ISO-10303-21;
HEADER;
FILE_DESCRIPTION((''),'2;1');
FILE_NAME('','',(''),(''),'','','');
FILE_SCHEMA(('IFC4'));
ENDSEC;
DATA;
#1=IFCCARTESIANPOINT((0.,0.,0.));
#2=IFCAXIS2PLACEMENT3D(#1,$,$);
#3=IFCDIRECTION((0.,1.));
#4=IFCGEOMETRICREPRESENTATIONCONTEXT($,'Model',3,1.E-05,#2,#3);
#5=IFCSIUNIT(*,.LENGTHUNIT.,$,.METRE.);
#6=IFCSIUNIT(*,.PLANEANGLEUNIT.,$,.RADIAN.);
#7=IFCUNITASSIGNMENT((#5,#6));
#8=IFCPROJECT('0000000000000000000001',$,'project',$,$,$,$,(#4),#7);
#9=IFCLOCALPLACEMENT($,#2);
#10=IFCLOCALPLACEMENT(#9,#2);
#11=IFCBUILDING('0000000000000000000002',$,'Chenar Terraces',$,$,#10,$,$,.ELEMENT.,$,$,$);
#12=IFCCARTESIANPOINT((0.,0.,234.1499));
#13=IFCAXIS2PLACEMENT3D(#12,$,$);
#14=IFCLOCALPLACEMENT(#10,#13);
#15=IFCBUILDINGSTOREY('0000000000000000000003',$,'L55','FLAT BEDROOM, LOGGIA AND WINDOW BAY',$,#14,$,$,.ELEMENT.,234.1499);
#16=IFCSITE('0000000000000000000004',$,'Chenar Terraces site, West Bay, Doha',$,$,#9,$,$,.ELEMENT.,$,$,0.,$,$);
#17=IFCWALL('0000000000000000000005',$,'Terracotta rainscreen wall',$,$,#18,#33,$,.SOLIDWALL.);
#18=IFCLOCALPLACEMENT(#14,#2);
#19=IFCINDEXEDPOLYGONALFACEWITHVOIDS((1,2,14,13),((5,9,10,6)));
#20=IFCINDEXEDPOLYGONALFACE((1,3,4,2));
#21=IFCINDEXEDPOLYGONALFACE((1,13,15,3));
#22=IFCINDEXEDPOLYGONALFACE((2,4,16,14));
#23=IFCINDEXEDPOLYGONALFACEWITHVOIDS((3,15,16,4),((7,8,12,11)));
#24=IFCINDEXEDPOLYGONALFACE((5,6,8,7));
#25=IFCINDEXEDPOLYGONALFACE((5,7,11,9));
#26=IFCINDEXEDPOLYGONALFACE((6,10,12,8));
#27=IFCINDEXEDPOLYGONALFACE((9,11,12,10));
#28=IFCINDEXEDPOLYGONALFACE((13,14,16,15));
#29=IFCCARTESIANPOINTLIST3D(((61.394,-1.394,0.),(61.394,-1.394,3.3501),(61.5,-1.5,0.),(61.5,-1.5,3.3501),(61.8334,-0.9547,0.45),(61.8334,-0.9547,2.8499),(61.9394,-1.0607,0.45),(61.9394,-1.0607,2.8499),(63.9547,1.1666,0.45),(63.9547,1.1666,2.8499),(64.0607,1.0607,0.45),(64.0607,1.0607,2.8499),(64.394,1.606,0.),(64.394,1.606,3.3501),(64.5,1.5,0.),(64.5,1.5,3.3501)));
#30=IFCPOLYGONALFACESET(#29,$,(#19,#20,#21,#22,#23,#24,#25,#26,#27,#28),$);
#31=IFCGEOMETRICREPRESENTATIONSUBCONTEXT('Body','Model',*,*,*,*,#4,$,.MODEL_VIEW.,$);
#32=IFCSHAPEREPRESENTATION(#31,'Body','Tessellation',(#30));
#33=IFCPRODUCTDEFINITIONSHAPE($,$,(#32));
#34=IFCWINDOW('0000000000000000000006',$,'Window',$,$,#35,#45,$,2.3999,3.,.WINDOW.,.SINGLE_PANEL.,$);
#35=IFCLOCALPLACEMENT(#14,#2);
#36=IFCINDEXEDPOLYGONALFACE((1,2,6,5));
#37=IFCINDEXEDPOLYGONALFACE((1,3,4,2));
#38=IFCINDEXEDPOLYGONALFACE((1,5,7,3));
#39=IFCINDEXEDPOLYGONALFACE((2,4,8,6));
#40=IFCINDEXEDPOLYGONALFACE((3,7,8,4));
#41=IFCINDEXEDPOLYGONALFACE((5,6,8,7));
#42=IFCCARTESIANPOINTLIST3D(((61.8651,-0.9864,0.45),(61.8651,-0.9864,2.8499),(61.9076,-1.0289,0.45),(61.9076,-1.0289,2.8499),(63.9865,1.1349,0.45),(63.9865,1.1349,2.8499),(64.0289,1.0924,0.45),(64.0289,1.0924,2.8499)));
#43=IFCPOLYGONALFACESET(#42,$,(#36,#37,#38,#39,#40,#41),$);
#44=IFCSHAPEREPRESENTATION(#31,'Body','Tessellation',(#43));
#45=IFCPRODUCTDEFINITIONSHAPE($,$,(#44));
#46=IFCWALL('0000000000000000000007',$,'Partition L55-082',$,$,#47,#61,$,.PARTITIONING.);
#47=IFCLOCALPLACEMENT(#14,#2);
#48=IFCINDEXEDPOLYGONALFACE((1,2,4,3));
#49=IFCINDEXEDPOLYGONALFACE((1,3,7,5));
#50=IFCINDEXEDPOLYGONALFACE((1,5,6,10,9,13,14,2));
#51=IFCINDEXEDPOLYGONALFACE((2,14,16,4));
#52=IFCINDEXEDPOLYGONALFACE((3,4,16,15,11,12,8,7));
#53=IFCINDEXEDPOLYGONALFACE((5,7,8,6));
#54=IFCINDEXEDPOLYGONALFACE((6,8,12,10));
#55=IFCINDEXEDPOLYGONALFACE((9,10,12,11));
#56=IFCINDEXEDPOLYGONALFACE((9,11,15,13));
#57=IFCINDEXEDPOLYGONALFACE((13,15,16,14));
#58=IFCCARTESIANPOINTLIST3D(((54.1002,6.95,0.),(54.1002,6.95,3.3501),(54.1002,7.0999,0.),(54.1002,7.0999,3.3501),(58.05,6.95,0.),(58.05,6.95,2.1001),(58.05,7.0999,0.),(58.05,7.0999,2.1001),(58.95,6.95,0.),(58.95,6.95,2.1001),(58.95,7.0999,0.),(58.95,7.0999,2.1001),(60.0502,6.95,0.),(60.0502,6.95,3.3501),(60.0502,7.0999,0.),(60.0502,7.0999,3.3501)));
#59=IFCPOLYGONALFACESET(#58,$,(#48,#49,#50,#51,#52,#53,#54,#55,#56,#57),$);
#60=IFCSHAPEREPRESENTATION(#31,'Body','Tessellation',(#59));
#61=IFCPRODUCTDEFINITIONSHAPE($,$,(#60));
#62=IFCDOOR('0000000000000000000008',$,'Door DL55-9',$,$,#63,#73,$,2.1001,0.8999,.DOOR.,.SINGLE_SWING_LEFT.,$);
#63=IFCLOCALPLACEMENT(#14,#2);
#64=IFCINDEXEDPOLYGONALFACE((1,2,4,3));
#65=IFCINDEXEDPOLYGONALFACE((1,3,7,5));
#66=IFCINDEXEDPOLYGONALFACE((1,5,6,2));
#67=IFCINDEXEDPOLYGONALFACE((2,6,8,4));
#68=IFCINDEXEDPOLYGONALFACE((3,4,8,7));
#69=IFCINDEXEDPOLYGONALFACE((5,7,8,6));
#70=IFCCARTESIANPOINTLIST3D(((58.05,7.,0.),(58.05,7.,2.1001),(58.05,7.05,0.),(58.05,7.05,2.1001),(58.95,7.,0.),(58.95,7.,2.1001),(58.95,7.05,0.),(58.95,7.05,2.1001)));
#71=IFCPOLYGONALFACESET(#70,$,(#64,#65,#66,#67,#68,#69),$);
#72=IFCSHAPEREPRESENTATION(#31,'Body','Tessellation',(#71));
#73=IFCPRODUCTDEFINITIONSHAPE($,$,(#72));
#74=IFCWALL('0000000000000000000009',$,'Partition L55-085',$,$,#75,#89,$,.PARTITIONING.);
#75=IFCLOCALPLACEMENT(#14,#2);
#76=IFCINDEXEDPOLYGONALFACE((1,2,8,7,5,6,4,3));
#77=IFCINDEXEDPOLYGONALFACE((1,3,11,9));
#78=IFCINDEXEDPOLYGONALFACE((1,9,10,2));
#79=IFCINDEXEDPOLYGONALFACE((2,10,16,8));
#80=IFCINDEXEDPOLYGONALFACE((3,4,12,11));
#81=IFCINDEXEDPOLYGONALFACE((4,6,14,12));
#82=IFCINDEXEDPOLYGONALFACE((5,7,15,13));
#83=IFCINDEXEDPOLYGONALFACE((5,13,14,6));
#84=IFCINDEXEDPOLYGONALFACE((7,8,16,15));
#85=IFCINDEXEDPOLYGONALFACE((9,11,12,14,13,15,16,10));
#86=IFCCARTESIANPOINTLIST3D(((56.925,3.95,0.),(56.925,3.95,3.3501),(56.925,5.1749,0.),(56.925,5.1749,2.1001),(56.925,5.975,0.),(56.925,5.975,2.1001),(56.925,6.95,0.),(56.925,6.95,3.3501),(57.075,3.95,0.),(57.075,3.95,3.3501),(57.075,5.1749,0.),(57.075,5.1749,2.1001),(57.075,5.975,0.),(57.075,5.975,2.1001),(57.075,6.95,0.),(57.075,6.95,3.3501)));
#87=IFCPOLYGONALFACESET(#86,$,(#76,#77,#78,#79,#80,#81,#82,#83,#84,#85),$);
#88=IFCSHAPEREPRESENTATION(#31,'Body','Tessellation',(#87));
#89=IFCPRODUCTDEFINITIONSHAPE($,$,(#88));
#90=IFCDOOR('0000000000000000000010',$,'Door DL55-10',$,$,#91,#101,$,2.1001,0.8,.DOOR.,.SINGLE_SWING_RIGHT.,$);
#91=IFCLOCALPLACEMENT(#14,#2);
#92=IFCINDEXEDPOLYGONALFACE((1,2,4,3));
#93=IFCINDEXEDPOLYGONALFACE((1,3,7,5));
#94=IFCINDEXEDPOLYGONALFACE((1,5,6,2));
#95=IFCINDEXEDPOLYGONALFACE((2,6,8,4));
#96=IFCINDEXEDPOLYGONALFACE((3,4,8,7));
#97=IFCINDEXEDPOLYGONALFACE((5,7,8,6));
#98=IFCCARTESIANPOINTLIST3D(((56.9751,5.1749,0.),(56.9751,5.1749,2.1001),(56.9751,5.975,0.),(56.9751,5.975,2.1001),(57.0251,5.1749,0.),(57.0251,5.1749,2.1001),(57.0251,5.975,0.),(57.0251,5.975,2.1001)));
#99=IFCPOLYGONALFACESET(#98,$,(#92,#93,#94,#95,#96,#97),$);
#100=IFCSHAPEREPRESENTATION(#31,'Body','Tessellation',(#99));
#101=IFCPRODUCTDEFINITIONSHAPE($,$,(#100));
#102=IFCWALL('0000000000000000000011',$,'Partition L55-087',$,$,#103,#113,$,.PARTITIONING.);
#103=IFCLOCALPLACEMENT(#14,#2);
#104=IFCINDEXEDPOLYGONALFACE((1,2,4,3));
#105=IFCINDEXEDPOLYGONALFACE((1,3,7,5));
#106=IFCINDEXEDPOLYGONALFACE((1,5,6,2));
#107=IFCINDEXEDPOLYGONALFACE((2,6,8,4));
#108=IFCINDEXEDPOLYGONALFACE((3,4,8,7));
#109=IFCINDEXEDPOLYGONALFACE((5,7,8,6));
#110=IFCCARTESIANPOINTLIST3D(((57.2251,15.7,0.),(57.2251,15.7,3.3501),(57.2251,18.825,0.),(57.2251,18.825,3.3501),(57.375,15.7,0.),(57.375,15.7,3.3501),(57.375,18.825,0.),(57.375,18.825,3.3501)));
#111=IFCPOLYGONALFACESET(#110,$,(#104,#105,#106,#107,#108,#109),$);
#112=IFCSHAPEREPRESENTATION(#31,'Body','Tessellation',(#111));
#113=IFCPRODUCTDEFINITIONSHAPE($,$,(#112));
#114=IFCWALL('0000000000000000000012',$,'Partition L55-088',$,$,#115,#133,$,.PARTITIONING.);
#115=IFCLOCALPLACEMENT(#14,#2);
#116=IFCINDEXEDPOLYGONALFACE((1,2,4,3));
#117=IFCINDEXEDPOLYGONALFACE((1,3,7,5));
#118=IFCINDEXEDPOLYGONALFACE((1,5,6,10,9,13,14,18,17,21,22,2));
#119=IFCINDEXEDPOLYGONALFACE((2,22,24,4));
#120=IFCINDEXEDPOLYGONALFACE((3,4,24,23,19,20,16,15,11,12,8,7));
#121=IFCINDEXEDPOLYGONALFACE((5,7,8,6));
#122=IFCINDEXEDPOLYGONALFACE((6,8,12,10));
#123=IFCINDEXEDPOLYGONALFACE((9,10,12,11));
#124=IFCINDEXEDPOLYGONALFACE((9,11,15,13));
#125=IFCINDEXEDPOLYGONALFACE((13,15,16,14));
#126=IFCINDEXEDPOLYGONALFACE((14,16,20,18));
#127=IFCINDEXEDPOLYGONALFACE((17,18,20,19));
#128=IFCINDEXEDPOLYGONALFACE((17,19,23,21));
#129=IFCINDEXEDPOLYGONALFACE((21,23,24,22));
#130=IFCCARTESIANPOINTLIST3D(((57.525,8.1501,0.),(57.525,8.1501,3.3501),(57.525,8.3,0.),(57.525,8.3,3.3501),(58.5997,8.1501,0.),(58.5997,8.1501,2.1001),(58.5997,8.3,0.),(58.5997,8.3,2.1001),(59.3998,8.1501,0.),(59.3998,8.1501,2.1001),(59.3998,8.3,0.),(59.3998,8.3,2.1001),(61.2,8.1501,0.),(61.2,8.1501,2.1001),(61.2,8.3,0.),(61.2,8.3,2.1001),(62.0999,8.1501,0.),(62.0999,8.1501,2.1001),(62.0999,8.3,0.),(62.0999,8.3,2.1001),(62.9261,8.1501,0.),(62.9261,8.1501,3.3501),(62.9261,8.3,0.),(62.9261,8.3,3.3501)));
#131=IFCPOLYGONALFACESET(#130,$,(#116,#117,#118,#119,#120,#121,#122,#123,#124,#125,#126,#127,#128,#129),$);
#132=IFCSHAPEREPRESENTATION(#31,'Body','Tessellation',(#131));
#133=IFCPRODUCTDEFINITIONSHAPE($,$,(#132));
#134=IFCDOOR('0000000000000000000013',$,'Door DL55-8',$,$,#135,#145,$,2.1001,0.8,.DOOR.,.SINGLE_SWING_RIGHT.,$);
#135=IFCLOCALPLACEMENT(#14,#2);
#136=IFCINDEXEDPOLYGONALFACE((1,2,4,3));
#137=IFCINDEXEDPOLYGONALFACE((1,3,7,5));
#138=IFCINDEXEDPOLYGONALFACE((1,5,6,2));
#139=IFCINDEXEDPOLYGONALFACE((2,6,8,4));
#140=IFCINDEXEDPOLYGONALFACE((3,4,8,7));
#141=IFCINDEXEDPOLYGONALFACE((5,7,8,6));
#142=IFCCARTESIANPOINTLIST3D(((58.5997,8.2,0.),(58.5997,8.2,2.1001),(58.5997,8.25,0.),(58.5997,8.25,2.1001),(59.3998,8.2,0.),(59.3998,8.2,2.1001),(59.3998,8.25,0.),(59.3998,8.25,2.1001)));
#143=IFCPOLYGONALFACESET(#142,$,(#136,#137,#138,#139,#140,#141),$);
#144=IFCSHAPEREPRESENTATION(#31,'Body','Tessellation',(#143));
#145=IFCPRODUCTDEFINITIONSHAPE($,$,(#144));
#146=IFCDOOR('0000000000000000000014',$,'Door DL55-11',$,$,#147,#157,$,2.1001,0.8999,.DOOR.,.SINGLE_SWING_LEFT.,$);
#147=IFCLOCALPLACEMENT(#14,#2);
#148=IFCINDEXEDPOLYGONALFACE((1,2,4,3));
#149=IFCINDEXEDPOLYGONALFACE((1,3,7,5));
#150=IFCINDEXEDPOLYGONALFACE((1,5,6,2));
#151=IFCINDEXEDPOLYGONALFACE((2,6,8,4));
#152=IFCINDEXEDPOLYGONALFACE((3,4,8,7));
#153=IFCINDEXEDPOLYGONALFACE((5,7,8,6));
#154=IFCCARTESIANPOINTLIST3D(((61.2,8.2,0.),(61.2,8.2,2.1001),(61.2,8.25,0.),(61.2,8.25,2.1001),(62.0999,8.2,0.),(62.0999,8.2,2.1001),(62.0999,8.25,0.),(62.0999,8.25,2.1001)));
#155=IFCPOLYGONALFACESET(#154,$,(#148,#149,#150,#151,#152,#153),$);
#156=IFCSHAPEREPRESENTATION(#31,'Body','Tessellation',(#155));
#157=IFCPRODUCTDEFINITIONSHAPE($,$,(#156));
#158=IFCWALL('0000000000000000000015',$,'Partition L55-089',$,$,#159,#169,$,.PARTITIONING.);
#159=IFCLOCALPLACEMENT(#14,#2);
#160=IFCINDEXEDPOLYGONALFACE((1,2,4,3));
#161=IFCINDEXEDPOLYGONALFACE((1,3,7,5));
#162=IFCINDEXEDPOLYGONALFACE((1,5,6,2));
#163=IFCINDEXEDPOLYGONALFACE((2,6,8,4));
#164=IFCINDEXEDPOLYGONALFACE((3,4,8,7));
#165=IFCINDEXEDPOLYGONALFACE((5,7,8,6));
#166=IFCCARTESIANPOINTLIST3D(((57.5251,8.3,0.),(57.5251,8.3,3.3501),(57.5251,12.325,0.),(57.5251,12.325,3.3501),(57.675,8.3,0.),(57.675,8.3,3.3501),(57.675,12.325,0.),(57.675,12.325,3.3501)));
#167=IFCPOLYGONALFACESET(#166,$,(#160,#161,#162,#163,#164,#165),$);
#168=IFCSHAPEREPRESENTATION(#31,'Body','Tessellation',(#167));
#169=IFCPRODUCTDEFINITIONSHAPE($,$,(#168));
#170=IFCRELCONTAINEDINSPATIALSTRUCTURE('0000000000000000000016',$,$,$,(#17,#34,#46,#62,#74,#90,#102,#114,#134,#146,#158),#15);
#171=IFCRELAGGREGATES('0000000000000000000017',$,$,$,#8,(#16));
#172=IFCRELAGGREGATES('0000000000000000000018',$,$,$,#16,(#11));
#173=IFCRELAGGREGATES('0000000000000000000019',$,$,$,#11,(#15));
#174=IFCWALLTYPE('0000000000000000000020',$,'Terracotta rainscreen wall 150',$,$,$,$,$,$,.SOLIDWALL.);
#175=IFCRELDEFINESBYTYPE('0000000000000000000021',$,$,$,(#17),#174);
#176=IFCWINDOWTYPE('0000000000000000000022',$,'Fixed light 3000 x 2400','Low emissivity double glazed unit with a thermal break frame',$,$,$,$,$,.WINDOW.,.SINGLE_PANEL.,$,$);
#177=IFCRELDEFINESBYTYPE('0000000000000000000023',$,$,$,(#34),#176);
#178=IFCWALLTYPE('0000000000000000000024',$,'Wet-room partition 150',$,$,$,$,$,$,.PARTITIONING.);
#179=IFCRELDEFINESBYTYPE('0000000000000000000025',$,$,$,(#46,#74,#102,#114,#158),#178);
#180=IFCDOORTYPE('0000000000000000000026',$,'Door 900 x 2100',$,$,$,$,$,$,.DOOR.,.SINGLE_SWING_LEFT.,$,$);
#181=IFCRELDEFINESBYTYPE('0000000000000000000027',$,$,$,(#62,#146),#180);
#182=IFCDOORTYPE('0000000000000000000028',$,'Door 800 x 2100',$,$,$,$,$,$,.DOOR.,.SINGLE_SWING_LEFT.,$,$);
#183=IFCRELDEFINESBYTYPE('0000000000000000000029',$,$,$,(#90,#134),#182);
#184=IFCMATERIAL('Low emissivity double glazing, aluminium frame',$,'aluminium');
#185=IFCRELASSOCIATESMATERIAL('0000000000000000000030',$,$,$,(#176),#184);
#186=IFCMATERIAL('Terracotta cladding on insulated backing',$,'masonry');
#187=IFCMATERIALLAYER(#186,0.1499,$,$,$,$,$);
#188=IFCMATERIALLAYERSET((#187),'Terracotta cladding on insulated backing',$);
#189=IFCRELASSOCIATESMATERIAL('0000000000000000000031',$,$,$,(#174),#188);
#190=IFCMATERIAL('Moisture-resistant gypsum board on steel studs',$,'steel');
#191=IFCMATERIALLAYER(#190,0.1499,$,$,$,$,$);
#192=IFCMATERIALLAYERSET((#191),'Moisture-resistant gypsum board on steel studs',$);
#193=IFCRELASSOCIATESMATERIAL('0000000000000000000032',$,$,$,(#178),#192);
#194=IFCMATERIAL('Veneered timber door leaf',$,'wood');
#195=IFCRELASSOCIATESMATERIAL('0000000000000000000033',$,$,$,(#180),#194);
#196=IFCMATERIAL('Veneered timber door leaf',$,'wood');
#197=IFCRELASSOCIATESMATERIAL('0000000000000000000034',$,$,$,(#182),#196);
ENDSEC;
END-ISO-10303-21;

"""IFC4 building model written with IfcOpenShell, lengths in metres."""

from ifc_helpers import new_model, si_unit, direction, frame, frame_2d, origin, place, context, subcontext, project, spatial, rectangle, extrude, material, layer, layer_set, type_object, element, fill, save


model = new_model("IFC4")

# Units and contexts
model_context = context("Model", 3, precision=1e-05, world=origin(), true_north=direction((0.0, 1.0)))
body_context = subcontext(model_context, "Body", "Model", "MODEL_VIEW")
ifc_project = project(units=[si_unit("LENGTHUNIT", "METRE"), si_unit("PLANEANGLEUNIT", "RADIAN")], contexts=[model_context])

# Site, building, storey
site_placement = place(None, origin())
site = spatial("IfcSite", under=ifc_project, at=site_placement, Name="Chenar Terraces site, West Bay, Doha", CompositionType="ELEMENT", RefElevation=0.0)
building_placement = place(site_placement, origin())
building = spatial("IfcBuilding", under=site, at=building_placement, Name="Chenar Terraces", CompositionType="ELEMENT")
storey_placement = place(building_placement, frame((0.0, 0.0, 234.1499)))
storey = spatial("IfcBuildingStorey", under=building, at=storey_placement, Name="L55", Description="FLAT BEDROOM, LOGGIA AND WINDOW BAY", CompositionType="ELEMENT", Elevation=234.1499)

# Shared definitions
ifc_material_1 = material(Name="Low emissivity double glazing, aluminium frame", Category="aluminium")
window_type_1 = type_object("IfcWindowType", Name="Fixed light 3000 x 2400", Description="Low emissivity double glazed unit with a thermal break frame", PartitioningType="SINGLE_PANEL", PredefinedType="WINDOW", material=ifc_material_1)

# Wall, opening, window
ifc_material_2 = material(Name="Terracotta cladding on insulated backing", Category="masonry")
ifc_layer_1 = layer(ifc_material_2, 0.1499)
ifc_layer_set_1 = layer_set([ifc_layer_1], Name="Terracotta cladding on insulated backing")
wall_type_1 = type_object("IfcWallType", Name="Terracotta rainscreen wall 150", PredefinedType="SOLIDWALL", material=ifc_layer_set_1)
wall_1_placement = place(storey_placement, frame((61.447, -1.447, 0.0), z_axis=(0.0, 0.0, 1.0), x_axis=(0.707107, 0.707107, 0.0)))
wall_1 = element("IfcWall", 1, at=wall_1_placement, inside=storey, type_object=wall_type_1, Name="Terracotta rainscreen wall", PredefinedType="SOLIDWALL", context=body_context, shape_type="SweptSolid", body=[
    extrude(rectangle(XDim=4.2427, YDim=0.1499, at=frame_2d((2.1213, 0.0))), origin(), (0.0, 0.0, 1.0), 3.3501),
])
opening_1_placement = place(wall_1_placement, frame((0.6213, 0.0, 0.45)))
opening_1 = element("IfcOpeningElement", 2, at=opening_1_placement, cuts=wall_1, PredefinedType="OPENING", context=body_context, shape_type="SweptSolid", body=[
    extrude(rectangle(XDim=3.0, YDim=2.3999, at=frame_2d((1.5, 1.2))), frame((0.0, 0.085, 0.0), z_axis=(0.0, -1.0, 0.0), x_axis=(1.0, 0.0, 0.0)), (0.0, 0.0, 1.0), 0.1699),
])
window_1_placement = place(opening_1_placement, origin())
window_1 = element("IfcWindow", 3, at=window_1_placement, inside=storey, type_object=window_type_1, Name="Window", OverallHeight=2.3999, OverallWidth=3.0, PartitioningType="SINGLE_PANEL", PredefinedType="WINDOW", context=body_context, shape_type="SweptSolid", body=[
    extrude(rectangle(XDim=3.0, YDim=2.3999, at=frame_2d((1.5, 1.2))), frame((0.0, 0.03, 0.0), z_axis=(0.0, -1.0, 0.0), x_axis=(1.0, 0.0, 0.0)), (0.0, 0.0, 1.0), 0.0601),
])
fill(opening_1, window_1)

# Walls, openings, doors
ifc_material_3 = material(Name="Moisture-resistant gypsum board on steel studs", Category="steel")
ifc_layer_2 = layer(ifc_material_3, 0.1499)
ifc_layer_set_2 = layer_set([ifc_layer_2], Name="Moisture-resistant gypsum board on steel studs")
wall_type_2 = type_object("IfcWallType", Name="Wet-room partition 150", PredefinedType="PARTITIONING", material=ifc_layer_set_2)
wall_2_placement = place(storey_placement, frame((54.1001, 7.0249, 0.0), z_axis=(0.0, 0.0, 1.0), x_axis=(1.0, 0.0, 0.0)))
wall_2 = element("IfcWall", 4, at=wall_2_placement, inside=storey, type_object=wall_type_2, Name="Partition L55-082", PredefinedType="PARTITIONING", context=body_context, shape_type="SweptSolid", body=[
    extrude(rectangle(XDim=5.95, YDim=0.1499, at=frame_2d((2.9751, 0.0))), origin(), (0.0, 0.0, 1.0), 3.3501),
])
opening_2_placement = place(wall_2_placement, frame((3.95, 0.0, 0.0)))
opening_2 = element("IfcOpeningElement", 5, at=opening_2_placement, cuts=wall_2, PredefinedType="OPENING", context=body_context, shape_type="SweptSolid", body=[
    extrude(rectangle(XDim=0.8999, YDim=2.1001, at=frame_2d((0.45, 1.05))), frame((0.0, 0.085, 0.0), z_axis=(0.0, -1.0, 0.0), x_axis=(1.0, 0.0, 0.0)), (0.0, 0.0, 1.0), 0.1699),
])
ifc_material_4 = material(Name="Veneered timber door leaf", Category="wood")
door_type_1 = type_object("IfcDoorType", Name="Door 900 x 2100", OperationType="SINGLE_SWING_LEFT", PredefinedType="DOOR", material=ifc_material_4)
door_1_placement = place(opening_2_placement, frame((0.8999, 0.0, 0.0), z_axis=(0.0, 0.0, 1.0), x_axis=(-1.0, 0.0, 0.0)))
door_1 = element("IfcDoor", 6, at=door_1_placement, inside=storey, type_object=door_type_1, Name="Door DL55-9", OperationType="SINGLE_SWING_LEFT", OverallHeight=2.1001, OverallWidth=0.8999, PredefinedType="DOOR", context=body_context, shape_type="SweptSolid", body=[
    extrude(rectangle(XDim=0.8999, YDim=2.1001, at=frame_2d((0.45, 1.05))), frame((0.0, 0.0249, 0.0), z_axis=(0.0, -1.0, 0.0), x_axis=(1.0, 0.0, 0.0)), (0.0, 0.0, 1.0), 0.05),
])
fill(opening_2, door_1)
wall_3_placement = place(storey_placement, frame((57.0, 3.95, 0.0), z_axis=(0.0, 0.0, 1.0), x_axis=(0.0, 1.0, 0.0)))
wall_3 = element("IfcWall", 7, at=wall_3_placement, inside=storey, type_object=wall_type_2, Name="Partition L55-085", PredefinedType="PARTITIONING", context=body_context, shape_type="SweptSolid", body=[
    extrude(rectangle(XDim=3.0, YDim=0.1499, at=frame_2d((1.5, 0.0))), origin(), (0.0, 0.0, 1.0), 3.3501),
])
opening_3_placement = place(wall_3_placement, frame((1.2251, 0.0, 0.0)))
opening_3 = element("IfcOpeningElement", 8, at=opening_3_placement, cuts=wall_3, PredefinedType="OPENING", context=body_context, shape_type="SweptSolid", body=[
    extrude(rectangle(XDim=0.8, YDim=2.1001, at=frame_2d((0.3999, 1.05))), frame((0.0, 0.085, 0.0), z_axis=(0.0, -1.0, 0.0), x_axis=(1.0, 0.0, 0.0)), (0.0, 0.0, 1.0), 0.1699),
])
ifc_material_5 = material(Name="Veneered timber door leaf", Category="wood")
door_type_2 = type_object("IfcDoorType", Name="Door 800 x 2100", OperationType="SINGLE_SWING_LEFT", PredefinedType="DOOR", material=ifc_material_5)
door_2_placement = place(opening_3_placement, origin())
door_2 = element("IfcDoor", 9, at=door_2_placement, inside=storey, type_object=door_type_2, Name="Door DL55-10", OperationType="SINGLE_SWING_RIGHT", OverallHeight=2.1001, OverallWidth=0.8, PredefinedType="DOOR", context=body_context, shape_type="SweptSolid", body=[
    extrude(rectangle(XDim=0.8, YDim=2.1001, at=frame_2d((0.3999, 1.05))), frame((0.0, 0.0249, 0.0), z_axis=(0.0, -1.0, 0.0), x_axis=(1.0, 0.0, 0.0)), (0.0, 0.0, 1.0), 0.05),
])
fill(opening_3, door_2)

# Wall
wall_4_placement = place(storey_placement, frame((57.3, 15.7, 0.0), z_axis=(0.0, 0.0, 1.0), x_axis=(0.0, 1.0, 0.0)))
element("IfcWall", 10, at=wall_4_placement, inside=storey, type_object=wall_type_2, Name="Partition L55-087", PredefinedType="PARTITIONING", context=body_context, shape_type="SweptSolid", body=[
    extrude(rectangle(XDim=3.125, YDim=0.1499, at=frame_2d((1.5625, 0.0))), origin(), (0.0, 0.0, 1.0), 3.3501),
])

# Wall, openings, doors
wall_5_placement = place(storey_placement, frame((57.5249, 8.2251, 0.0), z_axis=(0.0, 0.0, 1.0), x_axis=(1.0, 0.0, 0.0)))
wall_5 = element("IfcWall", 11, at=wall_5_placement, inside=storey, type_object=wall_type_2, Name="Partition L55-088", PredefinedType="PARTITIONING", context=body_context, shape_type="SweptSolid", body=[
    extrude(rectangle(XDim=5.4011, YDim=0.1499, at=frame_2d((2.7007, 0.0))), origin(), (0.0, 0.0, 1.0), 3.3501),
])
opening_4_placement = place(wall_5_placement, frame((1.075, 0.0, 0.0)))
opening_4 = element("IfcOpeningElement", 12, at=opening_4_placement, cuts=wall_5, PredefinedType="OPENING", context=body_context, shape_type="SweptSolid", body=[
    extrude(rectangle(XDim=0.8, YDim=2.1001, at=frame_2d((0.3999, 1.05))), frame((0.0, 0.085, 0.0), z_axis=(0.0, -1.0, 0.0), x_axis=(1.0, 0.0, 0.0)), (0.0, 0.0, 1.0), 0.1699),
])
opening_5_placement = place(wall_5_placement, frame((3.675, 0.0, 0.0)))
opening_5 = element("IfcOpeningElement", 13, at=opening_5_placement, cuts=wall_5, PredefinedType="OPENING", context=body_context, shape_type="SweptSolid", body=[
    extrude(rectangle(XDim=0.8999, YDim=2.1001, at=frame_2d((0.45, 1.05))), frame((0.0, 0.085, 0.0), z_axis=(0.0, -1.0, 0.0), x_axis=(1.0, 0.0, 0.0)), (0.0, 0.0, 1.0), 0.1699),
])
door_3_placement = place(opening_4_placement, origin())
door_3 = element("IfcDoor", 14, at=door_3_placement, inside=storey, type_object=door_type_2, Name="Door DL55-8", OperationType="SINGLE_SWING_RIGHT", OverallHeight=2.1001, OverallWidth=0.8, PredefinedType="DOOR", context=body_context, shape_type="SweptSolid", body=[
    extrude(rectangle(XDim=0.8, YDim=2.1001, at=frame_2d((0.3999, 1.05))), frame((0.0, 0.0249, 0.0), z_axis=(0.0, -1.0, 0.0), x_axis=(1.0, 0.0, 0.0)), (0.0, 0.0, 1.0), 0.05),
])
fill(opening_4, door_3)
door_4_placement = place(opening_5_placement, origin())
door_4 = element("IfcDoor", 15, at=door_4_placement, inside=storey, type_object=door_type_1, Name="Door DL55-11", OperationType="SINGLE_SWING_LEFT", OverallHeight=2.1001, OverallWidth=0.8999, PredefinedType="DOOR", context=body_context, shape_type="SweptSolid", body=[
    extrude(rectangle(XDim=0.8999, YDim=2.1001, at=frame_2d((0.45, 1.05))), frame((0.0, 0.0249, 0.0), z_axis=(0.0, -1.0, 0.0), x_axis=(1.0, 0.0, 0.0)), (0.0, 0.0, 1.0), 0.05),
])
fill(opening_5, door_4)

# Wall
wall_6_placement = place(storey_placement, frame((57.6001, 8.3, 0.0), z_axis=(0.0, 0.0, 1.0), x_axis=(0.0, 1.0, 0.0)))
element("IfcWall", 16, at=wall_6_placement, inside=storey, type_object=wall_type_2, Name="Partition L55-089", PredefinedType="PARTITIONING", context=body_context, shape_type="SweptSolid", body=[
    extrude(rectangle(XDim=4.0249, YDim=0.1499, at=frame_2d((2.0125, 0.0))), origin(), (0.0, 0.0, 1.0), 3.3501),
])

save(model, "model.ifc")
